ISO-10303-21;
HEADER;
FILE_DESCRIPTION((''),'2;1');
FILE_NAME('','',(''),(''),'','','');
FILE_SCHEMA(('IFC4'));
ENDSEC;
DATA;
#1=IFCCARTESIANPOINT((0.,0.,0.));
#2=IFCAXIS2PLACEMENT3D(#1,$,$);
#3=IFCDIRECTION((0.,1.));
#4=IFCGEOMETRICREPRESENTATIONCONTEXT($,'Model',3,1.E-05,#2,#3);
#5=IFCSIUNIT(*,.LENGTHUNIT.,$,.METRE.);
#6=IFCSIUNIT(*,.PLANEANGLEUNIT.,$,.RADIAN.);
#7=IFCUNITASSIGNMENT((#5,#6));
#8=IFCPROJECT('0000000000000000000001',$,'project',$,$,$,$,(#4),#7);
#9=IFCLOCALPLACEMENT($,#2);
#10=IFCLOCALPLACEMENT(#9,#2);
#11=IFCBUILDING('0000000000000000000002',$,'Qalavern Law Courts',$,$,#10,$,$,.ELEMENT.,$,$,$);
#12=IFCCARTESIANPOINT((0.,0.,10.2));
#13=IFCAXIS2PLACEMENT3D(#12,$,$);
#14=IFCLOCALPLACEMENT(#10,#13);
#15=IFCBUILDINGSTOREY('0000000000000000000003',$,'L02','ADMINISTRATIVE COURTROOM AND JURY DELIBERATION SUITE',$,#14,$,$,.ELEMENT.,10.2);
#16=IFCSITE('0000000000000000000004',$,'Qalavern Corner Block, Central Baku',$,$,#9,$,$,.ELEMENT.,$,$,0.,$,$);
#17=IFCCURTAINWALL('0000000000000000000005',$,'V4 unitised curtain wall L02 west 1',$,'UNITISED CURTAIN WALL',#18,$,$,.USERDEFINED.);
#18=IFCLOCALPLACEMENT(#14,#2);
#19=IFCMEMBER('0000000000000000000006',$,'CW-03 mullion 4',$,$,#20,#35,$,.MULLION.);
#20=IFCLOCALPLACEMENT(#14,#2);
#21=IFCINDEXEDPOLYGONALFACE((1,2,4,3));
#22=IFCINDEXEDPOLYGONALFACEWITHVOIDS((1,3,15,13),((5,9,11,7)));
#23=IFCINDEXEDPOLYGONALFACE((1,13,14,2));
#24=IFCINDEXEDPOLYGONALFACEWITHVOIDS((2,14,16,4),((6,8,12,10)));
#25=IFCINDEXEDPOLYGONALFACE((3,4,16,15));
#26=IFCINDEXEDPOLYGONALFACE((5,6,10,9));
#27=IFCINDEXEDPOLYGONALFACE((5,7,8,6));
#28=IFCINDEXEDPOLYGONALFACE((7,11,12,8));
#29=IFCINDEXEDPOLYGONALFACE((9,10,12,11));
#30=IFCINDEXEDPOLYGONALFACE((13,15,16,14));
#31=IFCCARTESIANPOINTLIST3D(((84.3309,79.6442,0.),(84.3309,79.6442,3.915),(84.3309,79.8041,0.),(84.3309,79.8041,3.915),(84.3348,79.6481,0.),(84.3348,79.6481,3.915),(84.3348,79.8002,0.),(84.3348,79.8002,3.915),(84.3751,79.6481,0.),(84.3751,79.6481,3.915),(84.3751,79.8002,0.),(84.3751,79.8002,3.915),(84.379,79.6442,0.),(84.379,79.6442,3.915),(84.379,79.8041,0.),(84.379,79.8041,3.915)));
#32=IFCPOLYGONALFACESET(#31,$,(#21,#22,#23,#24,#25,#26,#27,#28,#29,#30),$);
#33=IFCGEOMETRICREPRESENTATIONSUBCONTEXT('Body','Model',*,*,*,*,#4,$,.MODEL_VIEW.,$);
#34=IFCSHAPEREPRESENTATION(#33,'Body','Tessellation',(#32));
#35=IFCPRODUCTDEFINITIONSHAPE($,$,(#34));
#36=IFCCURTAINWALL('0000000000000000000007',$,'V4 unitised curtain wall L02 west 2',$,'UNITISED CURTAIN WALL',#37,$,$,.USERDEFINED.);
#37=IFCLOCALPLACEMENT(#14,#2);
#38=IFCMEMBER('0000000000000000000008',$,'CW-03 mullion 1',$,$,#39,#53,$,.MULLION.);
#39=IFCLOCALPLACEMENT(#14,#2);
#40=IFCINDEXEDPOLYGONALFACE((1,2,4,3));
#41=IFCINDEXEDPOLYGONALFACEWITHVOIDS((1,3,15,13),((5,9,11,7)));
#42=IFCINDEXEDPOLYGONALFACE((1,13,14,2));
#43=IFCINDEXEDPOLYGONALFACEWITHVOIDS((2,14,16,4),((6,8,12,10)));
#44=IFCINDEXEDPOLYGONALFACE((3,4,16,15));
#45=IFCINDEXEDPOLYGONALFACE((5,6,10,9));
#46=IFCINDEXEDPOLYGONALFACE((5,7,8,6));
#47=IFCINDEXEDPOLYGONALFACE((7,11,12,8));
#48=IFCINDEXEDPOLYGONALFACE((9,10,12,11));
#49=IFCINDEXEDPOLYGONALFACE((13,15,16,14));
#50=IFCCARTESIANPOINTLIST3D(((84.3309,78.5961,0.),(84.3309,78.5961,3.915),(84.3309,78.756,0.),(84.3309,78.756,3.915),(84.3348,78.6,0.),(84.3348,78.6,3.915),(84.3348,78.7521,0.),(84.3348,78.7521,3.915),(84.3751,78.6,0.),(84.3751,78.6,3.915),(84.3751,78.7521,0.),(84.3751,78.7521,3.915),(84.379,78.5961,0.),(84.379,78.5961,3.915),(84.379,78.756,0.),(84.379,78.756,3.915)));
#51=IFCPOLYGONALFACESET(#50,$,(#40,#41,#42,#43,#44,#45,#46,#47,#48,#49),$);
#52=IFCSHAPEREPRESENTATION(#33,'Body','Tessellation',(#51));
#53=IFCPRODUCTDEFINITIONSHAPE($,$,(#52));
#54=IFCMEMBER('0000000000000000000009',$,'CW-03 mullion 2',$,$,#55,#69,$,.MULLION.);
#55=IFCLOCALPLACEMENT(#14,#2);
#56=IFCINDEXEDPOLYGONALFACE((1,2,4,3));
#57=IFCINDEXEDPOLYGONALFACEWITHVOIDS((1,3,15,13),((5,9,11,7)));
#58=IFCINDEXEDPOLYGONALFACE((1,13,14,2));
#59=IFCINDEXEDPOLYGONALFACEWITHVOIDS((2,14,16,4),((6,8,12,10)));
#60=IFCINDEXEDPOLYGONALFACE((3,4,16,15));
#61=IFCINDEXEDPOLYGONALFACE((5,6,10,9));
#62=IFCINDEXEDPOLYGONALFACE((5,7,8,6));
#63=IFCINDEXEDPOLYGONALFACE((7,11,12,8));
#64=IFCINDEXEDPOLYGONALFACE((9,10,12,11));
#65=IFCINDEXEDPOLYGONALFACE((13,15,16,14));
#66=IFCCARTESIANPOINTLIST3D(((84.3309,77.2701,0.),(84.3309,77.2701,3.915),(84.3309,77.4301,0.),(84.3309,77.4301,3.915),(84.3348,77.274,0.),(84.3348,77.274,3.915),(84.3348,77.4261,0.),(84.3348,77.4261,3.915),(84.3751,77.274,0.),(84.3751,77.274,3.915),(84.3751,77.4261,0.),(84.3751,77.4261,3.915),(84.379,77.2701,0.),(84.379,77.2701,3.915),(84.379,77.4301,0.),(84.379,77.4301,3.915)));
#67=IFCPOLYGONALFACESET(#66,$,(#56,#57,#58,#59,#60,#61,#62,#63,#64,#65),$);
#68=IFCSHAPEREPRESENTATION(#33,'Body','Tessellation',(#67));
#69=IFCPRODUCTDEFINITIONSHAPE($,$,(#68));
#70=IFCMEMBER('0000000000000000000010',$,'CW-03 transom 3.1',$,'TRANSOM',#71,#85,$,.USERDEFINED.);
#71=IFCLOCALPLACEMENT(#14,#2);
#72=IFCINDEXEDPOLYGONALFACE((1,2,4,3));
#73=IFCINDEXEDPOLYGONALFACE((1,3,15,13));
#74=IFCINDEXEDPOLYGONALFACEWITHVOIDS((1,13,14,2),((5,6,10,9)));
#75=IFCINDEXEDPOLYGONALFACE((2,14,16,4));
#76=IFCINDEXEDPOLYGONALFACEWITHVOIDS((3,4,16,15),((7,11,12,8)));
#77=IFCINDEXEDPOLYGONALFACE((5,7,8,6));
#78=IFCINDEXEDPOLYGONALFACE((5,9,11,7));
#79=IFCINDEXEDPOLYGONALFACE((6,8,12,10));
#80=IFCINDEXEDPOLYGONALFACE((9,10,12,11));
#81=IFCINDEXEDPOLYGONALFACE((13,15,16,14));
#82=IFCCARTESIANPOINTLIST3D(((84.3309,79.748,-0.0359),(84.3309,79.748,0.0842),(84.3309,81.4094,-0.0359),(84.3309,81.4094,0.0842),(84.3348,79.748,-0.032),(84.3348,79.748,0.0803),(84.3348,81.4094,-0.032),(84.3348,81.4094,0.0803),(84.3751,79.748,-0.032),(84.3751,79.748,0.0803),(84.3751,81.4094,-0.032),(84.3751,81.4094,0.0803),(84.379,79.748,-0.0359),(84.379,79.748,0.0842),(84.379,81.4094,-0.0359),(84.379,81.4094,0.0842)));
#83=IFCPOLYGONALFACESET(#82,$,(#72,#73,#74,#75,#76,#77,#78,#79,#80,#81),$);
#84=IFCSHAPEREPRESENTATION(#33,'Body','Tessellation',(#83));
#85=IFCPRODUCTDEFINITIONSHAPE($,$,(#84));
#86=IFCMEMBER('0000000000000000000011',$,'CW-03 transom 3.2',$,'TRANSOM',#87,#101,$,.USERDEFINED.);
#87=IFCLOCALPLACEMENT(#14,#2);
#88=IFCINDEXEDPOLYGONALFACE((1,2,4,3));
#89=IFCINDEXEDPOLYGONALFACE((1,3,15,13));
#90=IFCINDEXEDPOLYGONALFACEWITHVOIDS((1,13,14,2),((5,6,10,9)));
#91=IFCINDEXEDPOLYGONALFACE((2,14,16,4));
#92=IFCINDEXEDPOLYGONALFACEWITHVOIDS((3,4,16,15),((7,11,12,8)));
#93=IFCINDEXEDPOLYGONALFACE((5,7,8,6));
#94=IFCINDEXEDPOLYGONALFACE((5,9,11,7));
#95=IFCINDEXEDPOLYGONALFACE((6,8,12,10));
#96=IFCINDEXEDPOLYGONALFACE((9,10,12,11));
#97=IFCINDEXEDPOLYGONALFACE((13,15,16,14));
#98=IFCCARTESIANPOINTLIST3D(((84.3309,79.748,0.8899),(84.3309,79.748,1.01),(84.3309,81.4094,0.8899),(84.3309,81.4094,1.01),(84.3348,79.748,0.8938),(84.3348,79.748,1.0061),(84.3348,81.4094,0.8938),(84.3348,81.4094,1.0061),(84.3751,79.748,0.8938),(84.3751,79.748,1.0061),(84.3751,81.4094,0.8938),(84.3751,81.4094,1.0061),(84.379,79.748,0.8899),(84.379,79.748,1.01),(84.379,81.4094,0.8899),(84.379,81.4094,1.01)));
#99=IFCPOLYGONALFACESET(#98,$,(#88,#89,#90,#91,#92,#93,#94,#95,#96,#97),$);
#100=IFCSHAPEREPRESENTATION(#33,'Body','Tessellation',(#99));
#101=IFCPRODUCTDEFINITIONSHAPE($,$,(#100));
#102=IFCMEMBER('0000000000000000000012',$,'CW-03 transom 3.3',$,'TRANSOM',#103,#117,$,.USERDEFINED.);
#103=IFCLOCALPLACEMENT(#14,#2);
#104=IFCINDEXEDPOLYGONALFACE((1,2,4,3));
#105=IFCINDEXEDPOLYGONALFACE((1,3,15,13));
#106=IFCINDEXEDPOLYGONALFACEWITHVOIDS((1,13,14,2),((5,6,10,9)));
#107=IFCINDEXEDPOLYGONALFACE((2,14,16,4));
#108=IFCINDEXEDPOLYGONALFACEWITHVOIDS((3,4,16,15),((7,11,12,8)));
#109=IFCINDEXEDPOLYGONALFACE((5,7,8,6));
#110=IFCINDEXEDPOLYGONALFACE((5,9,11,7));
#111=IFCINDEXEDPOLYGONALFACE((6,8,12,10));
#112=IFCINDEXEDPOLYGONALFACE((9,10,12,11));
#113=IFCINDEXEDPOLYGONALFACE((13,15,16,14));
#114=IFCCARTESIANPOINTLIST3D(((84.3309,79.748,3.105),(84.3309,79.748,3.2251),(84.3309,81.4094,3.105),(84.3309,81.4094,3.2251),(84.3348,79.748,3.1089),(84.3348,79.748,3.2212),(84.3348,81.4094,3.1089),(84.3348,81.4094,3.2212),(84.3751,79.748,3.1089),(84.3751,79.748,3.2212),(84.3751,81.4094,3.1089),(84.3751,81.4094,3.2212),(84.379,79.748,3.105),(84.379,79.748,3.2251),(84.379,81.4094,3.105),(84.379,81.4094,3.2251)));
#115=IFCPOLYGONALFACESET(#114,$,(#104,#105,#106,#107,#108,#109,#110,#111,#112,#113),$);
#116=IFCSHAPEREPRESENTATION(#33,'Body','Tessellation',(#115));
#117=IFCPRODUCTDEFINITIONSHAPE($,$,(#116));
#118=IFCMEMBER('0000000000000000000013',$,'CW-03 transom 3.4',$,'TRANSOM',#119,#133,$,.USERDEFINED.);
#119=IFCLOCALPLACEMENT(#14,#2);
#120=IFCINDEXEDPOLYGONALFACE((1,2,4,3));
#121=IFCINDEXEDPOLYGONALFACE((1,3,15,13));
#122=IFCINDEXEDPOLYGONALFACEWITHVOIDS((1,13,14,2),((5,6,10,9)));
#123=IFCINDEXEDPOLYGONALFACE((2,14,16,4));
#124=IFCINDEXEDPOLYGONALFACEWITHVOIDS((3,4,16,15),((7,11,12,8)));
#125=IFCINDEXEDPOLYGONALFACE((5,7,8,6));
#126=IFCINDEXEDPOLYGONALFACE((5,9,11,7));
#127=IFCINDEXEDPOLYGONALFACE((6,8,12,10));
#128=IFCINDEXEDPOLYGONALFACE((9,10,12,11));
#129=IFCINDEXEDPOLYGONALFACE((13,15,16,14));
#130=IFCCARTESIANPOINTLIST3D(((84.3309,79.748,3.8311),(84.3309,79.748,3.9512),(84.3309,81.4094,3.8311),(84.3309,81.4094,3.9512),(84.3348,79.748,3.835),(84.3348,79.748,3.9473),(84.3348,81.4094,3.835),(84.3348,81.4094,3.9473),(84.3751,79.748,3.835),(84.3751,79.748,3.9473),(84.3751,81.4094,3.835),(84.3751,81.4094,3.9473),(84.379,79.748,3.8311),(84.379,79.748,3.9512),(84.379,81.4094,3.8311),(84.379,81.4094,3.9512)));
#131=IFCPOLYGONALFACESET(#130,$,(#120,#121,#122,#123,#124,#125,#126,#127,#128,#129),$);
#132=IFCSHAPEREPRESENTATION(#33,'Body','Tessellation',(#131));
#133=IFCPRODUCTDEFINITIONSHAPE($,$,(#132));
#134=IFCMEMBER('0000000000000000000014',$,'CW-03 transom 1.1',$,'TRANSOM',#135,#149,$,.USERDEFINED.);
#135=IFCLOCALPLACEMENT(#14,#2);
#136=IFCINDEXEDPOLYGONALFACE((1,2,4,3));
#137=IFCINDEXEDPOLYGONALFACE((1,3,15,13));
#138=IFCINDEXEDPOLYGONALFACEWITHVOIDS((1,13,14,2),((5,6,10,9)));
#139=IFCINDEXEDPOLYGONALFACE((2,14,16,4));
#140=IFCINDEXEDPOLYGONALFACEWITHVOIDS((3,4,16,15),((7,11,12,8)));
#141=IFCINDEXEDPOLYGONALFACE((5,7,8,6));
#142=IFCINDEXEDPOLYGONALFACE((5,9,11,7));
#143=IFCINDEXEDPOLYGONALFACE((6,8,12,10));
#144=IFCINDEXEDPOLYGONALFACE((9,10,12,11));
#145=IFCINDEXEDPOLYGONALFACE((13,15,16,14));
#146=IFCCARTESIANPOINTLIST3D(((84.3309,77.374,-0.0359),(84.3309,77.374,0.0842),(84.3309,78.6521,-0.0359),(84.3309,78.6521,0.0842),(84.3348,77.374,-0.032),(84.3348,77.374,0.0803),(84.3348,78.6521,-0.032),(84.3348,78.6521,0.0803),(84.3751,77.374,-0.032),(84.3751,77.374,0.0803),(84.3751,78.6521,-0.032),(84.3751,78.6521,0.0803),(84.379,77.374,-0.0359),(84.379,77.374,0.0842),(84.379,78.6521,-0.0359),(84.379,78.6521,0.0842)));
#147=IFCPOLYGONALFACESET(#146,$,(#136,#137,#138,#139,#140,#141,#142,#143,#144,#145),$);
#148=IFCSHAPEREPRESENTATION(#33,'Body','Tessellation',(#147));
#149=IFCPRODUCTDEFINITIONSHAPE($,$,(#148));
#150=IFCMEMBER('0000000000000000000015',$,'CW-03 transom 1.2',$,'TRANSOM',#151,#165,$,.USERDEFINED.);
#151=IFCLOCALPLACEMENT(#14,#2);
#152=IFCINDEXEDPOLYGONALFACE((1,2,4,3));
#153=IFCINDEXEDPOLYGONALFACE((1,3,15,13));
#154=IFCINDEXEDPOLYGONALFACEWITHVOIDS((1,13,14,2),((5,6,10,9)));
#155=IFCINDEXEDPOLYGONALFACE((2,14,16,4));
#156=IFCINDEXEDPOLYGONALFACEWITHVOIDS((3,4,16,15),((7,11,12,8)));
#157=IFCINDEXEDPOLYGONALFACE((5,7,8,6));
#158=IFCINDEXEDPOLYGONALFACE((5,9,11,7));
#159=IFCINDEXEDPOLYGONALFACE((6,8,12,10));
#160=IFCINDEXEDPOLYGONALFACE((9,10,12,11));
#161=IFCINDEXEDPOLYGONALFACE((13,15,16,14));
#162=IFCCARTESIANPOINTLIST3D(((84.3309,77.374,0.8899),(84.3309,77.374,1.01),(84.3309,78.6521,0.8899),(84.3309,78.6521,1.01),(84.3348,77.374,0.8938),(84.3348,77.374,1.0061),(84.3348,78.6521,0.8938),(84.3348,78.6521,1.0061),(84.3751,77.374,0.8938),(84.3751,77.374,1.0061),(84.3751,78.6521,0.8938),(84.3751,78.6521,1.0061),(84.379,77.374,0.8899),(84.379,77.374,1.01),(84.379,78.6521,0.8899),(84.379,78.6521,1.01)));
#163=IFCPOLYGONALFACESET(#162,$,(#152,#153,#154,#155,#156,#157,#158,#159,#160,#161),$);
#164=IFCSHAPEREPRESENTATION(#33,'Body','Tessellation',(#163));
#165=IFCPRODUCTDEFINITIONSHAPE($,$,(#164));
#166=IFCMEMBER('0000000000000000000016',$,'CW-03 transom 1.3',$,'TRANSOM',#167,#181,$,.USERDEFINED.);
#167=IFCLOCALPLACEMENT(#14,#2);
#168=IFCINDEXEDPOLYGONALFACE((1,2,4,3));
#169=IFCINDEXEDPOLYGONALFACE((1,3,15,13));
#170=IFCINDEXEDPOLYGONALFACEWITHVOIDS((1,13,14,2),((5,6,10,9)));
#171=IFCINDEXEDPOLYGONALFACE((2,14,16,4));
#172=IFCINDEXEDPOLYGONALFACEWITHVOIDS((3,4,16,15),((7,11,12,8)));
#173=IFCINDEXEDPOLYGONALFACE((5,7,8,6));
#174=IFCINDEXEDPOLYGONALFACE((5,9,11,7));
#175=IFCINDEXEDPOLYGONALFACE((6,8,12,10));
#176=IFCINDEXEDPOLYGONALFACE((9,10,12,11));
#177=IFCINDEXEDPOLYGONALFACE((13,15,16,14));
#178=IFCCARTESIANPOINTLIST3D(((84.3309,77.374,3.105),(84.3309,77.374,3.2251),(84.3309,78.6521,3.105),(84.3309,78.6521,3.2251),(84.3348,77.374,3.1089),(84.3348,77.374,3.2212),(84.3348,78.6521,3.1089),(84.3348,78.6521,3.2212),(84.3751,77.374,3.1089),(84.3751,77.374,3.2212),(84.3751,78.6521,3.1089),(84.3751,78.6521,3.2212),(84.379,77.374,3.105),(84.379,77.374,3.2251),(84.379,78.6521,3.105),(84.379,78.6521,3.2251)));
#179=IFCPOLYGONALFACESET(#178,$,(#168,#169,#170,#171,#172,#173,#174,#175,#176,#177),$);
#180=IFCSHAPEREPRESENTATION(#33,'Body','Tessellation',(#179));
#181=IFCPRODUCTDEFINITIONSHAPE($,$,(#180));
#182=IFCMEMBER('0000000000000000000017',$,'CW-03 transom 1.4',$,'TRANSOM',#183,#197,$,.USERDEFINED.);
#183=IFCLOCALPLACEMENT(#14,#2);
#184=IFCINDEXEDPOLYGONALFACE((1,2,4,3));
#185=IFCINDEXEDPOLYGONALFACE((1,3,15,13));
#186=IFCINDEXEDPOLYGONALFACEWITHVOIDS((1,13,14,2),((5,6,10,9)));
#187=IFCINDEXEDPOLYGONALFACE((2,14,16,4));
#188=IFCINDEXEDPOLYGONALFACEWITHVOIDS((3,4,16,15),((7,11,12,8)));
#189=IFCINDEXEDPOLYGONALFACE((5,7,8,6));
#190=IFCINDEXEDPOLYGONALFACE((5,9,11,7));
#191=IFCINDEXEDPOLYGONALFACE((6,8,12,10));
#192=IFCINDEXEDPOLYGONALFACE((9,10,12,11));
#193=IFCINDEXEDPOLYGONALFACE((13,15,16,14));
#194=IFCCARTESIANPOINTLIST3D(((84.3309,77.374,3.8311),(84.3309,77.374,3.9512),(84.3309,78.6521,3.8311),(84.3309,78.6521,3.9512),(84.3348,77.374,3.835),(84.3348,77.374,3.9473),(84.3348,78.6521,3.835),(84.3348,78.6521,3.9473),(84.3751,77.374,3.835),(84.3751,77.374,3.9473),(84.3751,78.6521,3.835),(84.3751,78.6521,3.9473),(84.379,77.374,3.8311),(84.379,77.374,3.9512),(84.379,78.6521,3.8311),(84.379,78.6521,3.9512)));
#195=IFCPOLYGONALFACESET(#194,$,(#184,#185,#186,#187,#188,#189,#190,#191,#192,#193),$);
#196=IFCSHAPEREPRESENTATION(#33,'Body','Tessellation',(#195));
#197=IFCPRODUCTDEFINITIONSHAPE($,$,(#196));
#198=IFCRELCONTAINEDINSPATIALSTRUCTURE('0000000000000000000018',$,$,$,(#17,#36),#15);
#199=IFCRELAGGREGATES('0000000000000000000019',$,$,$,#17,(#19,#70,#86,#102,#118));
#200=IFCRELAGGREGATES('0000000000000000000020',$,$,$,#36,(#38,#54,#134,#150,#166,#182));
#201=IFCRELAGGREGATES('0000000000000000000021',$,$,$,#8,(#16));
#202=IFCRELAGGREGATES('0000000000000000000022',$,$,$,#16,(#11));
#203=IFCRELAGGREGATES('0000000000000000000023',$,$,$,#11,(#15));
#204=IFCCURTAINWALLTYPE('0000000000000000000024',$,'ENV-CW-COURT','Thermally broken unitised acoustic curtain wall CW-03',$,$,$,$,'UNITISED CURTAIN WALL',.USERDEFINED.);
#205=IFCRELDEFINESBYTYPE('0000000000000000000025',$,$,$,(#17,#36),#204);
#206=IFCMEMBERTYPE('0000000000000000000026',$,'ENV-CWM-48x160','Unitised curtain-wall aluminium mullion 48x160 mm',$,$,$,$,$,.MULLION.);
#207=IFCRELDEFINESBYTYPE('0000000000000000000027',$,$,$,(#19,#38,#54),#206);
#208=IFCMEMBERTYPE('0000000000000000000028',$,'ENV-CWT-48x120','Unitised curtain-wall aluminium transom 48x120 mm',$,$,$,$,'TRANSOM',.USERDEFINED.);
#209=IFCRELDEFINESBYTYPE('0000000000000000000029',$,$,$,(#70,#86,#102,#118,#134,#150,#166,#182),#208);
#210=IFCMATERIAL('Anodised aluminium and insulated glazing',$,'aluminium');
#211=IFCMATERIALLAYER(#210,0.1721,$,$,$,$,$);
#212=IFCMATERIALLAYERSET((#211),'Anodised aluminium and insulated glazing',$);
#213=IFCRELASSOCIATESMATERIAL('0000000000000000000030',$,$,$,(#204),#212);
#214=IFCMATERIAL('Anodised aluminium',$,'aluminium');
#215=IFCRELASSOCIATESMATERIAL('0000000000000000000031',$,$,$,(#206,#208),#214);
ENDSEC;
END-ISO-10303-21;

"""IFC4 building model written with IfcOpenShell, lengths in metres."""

from ifc_helpers import new_model, si_unit, direction, frame, origin, origin_2d, place, context, subcontext, project, spatial, hollow_rectangle, extrude, material, layer, layer_set, material_profile, profile_set, type_object, element, aggregate, save


model = new_model("IFC4")

# Units and contexts
model_context = context("Model", 3, precision=1e-05, world=origin(), true_north=direction((0.0, 1.0)))
body_context = subcontext(model_context, "Body", "Model", "MODEL_VIEW")
ifc_project = project(units=[si_unit("LENGTHUNIT", "METRE"), si_unit("PLANEANGLEUNIT", "RADIAN")], contexts=[model_context])

# Site, building, storey
site_placement = place(None, origin())
site = spatial("IfcSite", under=ifc_project, at=site_placement, Name="Qalavern Corner Block, Central Baku", CompositionType="ELEMENT", RefElevation=0.0)
building_placement = place(site_placement, origin())
building = spatial("IfcBuilding", under=site, at=building_placement, Name="Qalavern Law Courts", CompositionType="ELEMENT")
storey_placement = place(building_placement, frame((0.0, 0.0, 10.2)))
storey = spatial("IfcBuildingStorey", under=building, at=storey_placement, Name="L02", Description="ADMINISTRATIVE COURTROOM AND JURY DELIBERATION SUITE", CompositionType="ELEMENT", Elevation=10.2)

# Curtain wall, member
ifc_material_1 = material(Name="Anodised aluminium and insulated glazing", Category="aluminium")
ifc_layer_1 = layer(ifc_material_1, 0.1721)
ifc_layer_set_1 = layer_set([ifc_layer_1], Name="Anodised aluminium and insulated glazing")
curtain_wall_type = type_object("IfcCurtainWallType", Name="ENV-CW-COURT", Description="Thermally broken unitised acoustic curtain wall CW-03", ElementType="UNITISED CURTAIN WALL", PredefinedType="USERDEFINED", material=ifc_layer_set_1)
curtain_wall_1_placement = place(storey_placement, origin())
curtain_wall_1 = element("IfcCurtainWall", 1, at=curtain_wall_1_placement, inside=storey, type_object=curtain_wall_type, Name="V4 unitised curtain wall L02 west 1", ObjectType="UNITISED CURTAIN WALL", PredefinedType="USERDEFINED")
ifc_material_2 = material(Name="Anodised aluminium", Category="aluminium")
ifc_material_profile_1 = material_profile(ifc_material_2, hollow_rectangle(XDim=0.0481, YDim=0.1599, WallThickness=0.0039, at=origin_2d()), Name="ALU MULLION 48x160")
ifc_profile_set_1 = profile_set([ifc_material_profile_1], Name="Anodised aluminium")
member_type_1 = type_object("IfcMemberType", Name="ENV-CWM-48x160", Description="Unitised curtain-wall aluminium mullion 48x160 mm", PredefinedType="MULLION", material=ifc_profile_set_1)
member_1_placement = place(storey_placement, frame((84.355, 79.7241, 0.0), z_axis=(0.0, 0.0, 1.0), x_axis=(1.0, 0.0, 0.0)))
member_1 = element("IfcMember", 2, at=member_1_placement, type_object=member_type_1, Name="CW-03 mullion 4", PredefinedType="MULLION", context=body_context, shape_type="SweptSolid", body=[
    extrude(hollow_rectangle(XDim=0.0481, YDim=0.1599, WallThickness=0.0039, at=origin_2d()), origin(), (0.0, 0.0, 1.0), 3.915),
])

# Curtain wall, members
curtain_wall_2_placement = place(storey_placement, origin())
curtain_wall_2 = element("IfcCurtainWall", 3, at=curtain_wall_2_placement, inside=storey, type_object=curtain_wall_type, Name="V4 unitised curtain wall L02 west 2", ObjectType="UNITISED CURTAIN WALL", PredefinedType="USERDEFINED")
member_2_placement = place(storey_placement, frame((84.355, 78.676, 0.0), z_axis=(0.0, 0.0, 1.0), x_axis=(1.0, 0.0, 0.0)))
member_2 = element("IfcMember", 4, at=member_2_placement, type_object=member_type_1, Name="CW-03 mullion 1", PredefinedType="MULLION", context=body_context, shape_type="SweptSolid", body=[
    extrude(hollow_rectangle(XDim=0.0481, YDim=0.1599, WallThickness=0.0039, at=origin_2d()), origin(), (0.0, 0.0, 1.0), 3.915),
])
member_3_placement = place(storey_placement, frame((84.355, 77.3501, 0.0), z_axis=(0.0, 0.0, 1.0), x_axis=(1.0, 0.0, 0.0)))
member_3 = element("IfcMember", 5, at=member_3_placement, type_object=member_type_1, Name="CW-03 mullion 2", PredefinedType="MULLION", context=body_context, shape_type="SweptSolid", body=[
    extrude(hollow_rectangle(XDim=0.0481, YDim=0.1599, WallThickness=0.0039, at=origin_2d()), origin(), (0.0, 0.0, 1.0), 3.915),
])

# Members
ifc_material_profile_2 = material_profile(ifc_material_2, hollow_rectangle(XDim=0.0481, YDim=0.1201, WallThickness=0.0039, at=origin_2d()), Name="ALU TRANSOM 48x120")
ifc_profile_set_2 = profile_set([ifc_material_profile_2], Name="Anodised aluminium")
member_type_2 = type_object("IfcMemberType", Name="ENV-CWT-48x120", Description="Unitised curtain-wall aluminium transom 48x120 mm", ElementType="TRANSOM", PredefinedType="USERDEFINED", material=ifc_profile_set_2)
member_4_placement = place(storey_placement, frame((84.355, 81.4094, 0.0242), z_axis=(0.0, -1.0, 0.0), x_axis=(1.0, 0.0, 0.0)))
member_4 = element("IfcMember", 6, at=member_4_placement, type_object=member_type_2, Name="CW-03 transom 3.1", ObjectType="TRANSOM", PredefinedType="USERDEFINED", context=body_context, shape_type="SweptSolid", body=[
    extrude(hollow_rectangle(XDim=0.0481, YDim=0.1201, WallThickness=0.0039, at=origin_2d()), origin(), (0.0, 0.0, 1.0), 1.6614),
])
member_5_placement = place(storey_placement, frame((84.355, 81.4094, 0.95), z_axis=(0.0, -1.0, 0.0), x_axis=(1.0, 0.0, 0.0)))
member_5 = element("IfcMember", 7, at=member_5_placement, type_object=member_type_2, Name="CW-03 transom 3.2", ObjectType="TRANSOM", PredefinedType="USERDEFINED", context=body_context, shape_type="SweptSolid", body=[
    extrude(hollow_rectangle(XDim=0.0481, YDim=0.1201, WallThickness=0.0039, at=origin_2d()), origin(), (0.0, 0.0, 1.0), 1.6614),
])
member_6_placement = place(storey_placement, frame((84.355, 81.4094, 3.165), z_axis=(0.0, -1.0, 0.0), x_axis=(1.0, 0.0, 0.0)))
member_6 = element("IfcMember", 8, at=member_6_placement, type_object=member_type_2, Name="CW-03 transom 3.3", ObjectType="TRANSOM", PredefinedType="USERDEFINED", context=body_context, shape_type="SweptSolid", body=[
    extrude(hollow_rectangle(XDim=0.0481, YDim=0.1201, WallThickness=0.0039, at=origin_2d()), origin(), (0.0, 0.0, 1.0), 1.6614),
])
member_7_placement = place(storey_placement, frame((84.355, 81.4094, 3.8911), z_axis=(0.0, -1.0, 0.0), x_axis=(1.0, 0.0, 0.0)))
member_7 = element("IfcMember", 9, at=member_7_placement, type_object=member_type_2, Name="CW-03 transom 3.4", ObjectType="TRANSOM", PredefinedType="USERDEFINED", context=body_context, shape_type="SweptSolid", body=[
    extrude(hollow_rectangle(XDim=0.0481, YDim=0.1201, WallThickness=0.0039, at=origin_2d()), origin(), (0.0, 0.0, 1.0), 1.6614),
])
member_8_placement = place(storey_placement, frame((84.355, 78.6521, 0.0242), z_axis=(0.0, -1.0, 0.0), x_axis=(1.0, 0.0, 0.0)))
member_8 = element("IfcMember", 10, at=member_8_placement, type_object=member_type_2, Name="CW-03 transom 1.1", ObjectType="TRANSOM", PredefinedType="USERDEFINED", context=body_context, shape_type="SweptSolid", body=[
    extrude(hollow_rectangle(XDim=0.0481, YDim=0.1201, WallThickness=0.0039, at=origin_2d()), origin(), (0.0, 0.0, 1.0), 1.2781),
])
member_9_placement = place(storey_placement, frame((84.355, 78.6521, 0.95), z_axis=(0.0, -1.0, 0.0), x_axis=(1.0, 0.0, 0.0)))
member_9 = element("IfcMember", 11, at=member_9_placement, type_object=member_type_2, Name="CW-03 transom 1.2", ObjectType="TRANSOM", PredefinedType="USERDEFINED", context=body_context, shape_type="SweptSolid", body=[
    extrude(hollow_rectangle(XDim=0.0481, YDim=0.1201, WallThickness=0.0039, at=origin_2d()), origin(), (0.0, 0.0, 1.0), 1.2781),
])
member_10_placement = place(storey_placement, frame((84.355, 78.6521, 3.165), z_axis=(0.0, -1.0, 0.0), x_axis=(1.0, 0.0, 0.0)))
member_10 = element("IfcMember", 12, at=member_10_placement, type_object=member_type_2, Name="CW-03 transom 1.3", ObjectType="TRANSOM", PredefinedType="USERDEFINED", context=body_context, shape_type="SweptSolid", body=[
    extrude(hollow_rectangle(XDim=0.0481, YDim=0.1201, WallThickness=0.0039, at=origin_2d()), origin(), (0.0, 0.0, 1.0), 1.2781),
])
member_11_placement = place(storey_placement, frame((84.355, 78.6521, 3.8911), z_axis=(0.0, -1.0, 0.0), x_axis=(1.0, 0.0, 0.0)))
member_11 = element("IfcMember", 13, at=member_11_placement, type_object=member_type_2, Name="CW-03 transom 1.4", ObjectType="TRANSOM", PredefinedType="USERDEFINED", context=body_context, shape_type="SweptSolid", body=[
    extrude(hollow_rectangle(XDim=0.0481, YDim=0.1201, WallThickness=0.0039, at=origin_2d()), origin(), (0.0, 0.0, 1.0), 1.2781),
])

aggregate(curtain_wall_1, [member_1, member_4, member_5, member_6, member_7])
aggregate(curtain_wall_2, [member_2, member_3, member_8, member_9, member_10, member_11])

save(model, "model.ifc")
